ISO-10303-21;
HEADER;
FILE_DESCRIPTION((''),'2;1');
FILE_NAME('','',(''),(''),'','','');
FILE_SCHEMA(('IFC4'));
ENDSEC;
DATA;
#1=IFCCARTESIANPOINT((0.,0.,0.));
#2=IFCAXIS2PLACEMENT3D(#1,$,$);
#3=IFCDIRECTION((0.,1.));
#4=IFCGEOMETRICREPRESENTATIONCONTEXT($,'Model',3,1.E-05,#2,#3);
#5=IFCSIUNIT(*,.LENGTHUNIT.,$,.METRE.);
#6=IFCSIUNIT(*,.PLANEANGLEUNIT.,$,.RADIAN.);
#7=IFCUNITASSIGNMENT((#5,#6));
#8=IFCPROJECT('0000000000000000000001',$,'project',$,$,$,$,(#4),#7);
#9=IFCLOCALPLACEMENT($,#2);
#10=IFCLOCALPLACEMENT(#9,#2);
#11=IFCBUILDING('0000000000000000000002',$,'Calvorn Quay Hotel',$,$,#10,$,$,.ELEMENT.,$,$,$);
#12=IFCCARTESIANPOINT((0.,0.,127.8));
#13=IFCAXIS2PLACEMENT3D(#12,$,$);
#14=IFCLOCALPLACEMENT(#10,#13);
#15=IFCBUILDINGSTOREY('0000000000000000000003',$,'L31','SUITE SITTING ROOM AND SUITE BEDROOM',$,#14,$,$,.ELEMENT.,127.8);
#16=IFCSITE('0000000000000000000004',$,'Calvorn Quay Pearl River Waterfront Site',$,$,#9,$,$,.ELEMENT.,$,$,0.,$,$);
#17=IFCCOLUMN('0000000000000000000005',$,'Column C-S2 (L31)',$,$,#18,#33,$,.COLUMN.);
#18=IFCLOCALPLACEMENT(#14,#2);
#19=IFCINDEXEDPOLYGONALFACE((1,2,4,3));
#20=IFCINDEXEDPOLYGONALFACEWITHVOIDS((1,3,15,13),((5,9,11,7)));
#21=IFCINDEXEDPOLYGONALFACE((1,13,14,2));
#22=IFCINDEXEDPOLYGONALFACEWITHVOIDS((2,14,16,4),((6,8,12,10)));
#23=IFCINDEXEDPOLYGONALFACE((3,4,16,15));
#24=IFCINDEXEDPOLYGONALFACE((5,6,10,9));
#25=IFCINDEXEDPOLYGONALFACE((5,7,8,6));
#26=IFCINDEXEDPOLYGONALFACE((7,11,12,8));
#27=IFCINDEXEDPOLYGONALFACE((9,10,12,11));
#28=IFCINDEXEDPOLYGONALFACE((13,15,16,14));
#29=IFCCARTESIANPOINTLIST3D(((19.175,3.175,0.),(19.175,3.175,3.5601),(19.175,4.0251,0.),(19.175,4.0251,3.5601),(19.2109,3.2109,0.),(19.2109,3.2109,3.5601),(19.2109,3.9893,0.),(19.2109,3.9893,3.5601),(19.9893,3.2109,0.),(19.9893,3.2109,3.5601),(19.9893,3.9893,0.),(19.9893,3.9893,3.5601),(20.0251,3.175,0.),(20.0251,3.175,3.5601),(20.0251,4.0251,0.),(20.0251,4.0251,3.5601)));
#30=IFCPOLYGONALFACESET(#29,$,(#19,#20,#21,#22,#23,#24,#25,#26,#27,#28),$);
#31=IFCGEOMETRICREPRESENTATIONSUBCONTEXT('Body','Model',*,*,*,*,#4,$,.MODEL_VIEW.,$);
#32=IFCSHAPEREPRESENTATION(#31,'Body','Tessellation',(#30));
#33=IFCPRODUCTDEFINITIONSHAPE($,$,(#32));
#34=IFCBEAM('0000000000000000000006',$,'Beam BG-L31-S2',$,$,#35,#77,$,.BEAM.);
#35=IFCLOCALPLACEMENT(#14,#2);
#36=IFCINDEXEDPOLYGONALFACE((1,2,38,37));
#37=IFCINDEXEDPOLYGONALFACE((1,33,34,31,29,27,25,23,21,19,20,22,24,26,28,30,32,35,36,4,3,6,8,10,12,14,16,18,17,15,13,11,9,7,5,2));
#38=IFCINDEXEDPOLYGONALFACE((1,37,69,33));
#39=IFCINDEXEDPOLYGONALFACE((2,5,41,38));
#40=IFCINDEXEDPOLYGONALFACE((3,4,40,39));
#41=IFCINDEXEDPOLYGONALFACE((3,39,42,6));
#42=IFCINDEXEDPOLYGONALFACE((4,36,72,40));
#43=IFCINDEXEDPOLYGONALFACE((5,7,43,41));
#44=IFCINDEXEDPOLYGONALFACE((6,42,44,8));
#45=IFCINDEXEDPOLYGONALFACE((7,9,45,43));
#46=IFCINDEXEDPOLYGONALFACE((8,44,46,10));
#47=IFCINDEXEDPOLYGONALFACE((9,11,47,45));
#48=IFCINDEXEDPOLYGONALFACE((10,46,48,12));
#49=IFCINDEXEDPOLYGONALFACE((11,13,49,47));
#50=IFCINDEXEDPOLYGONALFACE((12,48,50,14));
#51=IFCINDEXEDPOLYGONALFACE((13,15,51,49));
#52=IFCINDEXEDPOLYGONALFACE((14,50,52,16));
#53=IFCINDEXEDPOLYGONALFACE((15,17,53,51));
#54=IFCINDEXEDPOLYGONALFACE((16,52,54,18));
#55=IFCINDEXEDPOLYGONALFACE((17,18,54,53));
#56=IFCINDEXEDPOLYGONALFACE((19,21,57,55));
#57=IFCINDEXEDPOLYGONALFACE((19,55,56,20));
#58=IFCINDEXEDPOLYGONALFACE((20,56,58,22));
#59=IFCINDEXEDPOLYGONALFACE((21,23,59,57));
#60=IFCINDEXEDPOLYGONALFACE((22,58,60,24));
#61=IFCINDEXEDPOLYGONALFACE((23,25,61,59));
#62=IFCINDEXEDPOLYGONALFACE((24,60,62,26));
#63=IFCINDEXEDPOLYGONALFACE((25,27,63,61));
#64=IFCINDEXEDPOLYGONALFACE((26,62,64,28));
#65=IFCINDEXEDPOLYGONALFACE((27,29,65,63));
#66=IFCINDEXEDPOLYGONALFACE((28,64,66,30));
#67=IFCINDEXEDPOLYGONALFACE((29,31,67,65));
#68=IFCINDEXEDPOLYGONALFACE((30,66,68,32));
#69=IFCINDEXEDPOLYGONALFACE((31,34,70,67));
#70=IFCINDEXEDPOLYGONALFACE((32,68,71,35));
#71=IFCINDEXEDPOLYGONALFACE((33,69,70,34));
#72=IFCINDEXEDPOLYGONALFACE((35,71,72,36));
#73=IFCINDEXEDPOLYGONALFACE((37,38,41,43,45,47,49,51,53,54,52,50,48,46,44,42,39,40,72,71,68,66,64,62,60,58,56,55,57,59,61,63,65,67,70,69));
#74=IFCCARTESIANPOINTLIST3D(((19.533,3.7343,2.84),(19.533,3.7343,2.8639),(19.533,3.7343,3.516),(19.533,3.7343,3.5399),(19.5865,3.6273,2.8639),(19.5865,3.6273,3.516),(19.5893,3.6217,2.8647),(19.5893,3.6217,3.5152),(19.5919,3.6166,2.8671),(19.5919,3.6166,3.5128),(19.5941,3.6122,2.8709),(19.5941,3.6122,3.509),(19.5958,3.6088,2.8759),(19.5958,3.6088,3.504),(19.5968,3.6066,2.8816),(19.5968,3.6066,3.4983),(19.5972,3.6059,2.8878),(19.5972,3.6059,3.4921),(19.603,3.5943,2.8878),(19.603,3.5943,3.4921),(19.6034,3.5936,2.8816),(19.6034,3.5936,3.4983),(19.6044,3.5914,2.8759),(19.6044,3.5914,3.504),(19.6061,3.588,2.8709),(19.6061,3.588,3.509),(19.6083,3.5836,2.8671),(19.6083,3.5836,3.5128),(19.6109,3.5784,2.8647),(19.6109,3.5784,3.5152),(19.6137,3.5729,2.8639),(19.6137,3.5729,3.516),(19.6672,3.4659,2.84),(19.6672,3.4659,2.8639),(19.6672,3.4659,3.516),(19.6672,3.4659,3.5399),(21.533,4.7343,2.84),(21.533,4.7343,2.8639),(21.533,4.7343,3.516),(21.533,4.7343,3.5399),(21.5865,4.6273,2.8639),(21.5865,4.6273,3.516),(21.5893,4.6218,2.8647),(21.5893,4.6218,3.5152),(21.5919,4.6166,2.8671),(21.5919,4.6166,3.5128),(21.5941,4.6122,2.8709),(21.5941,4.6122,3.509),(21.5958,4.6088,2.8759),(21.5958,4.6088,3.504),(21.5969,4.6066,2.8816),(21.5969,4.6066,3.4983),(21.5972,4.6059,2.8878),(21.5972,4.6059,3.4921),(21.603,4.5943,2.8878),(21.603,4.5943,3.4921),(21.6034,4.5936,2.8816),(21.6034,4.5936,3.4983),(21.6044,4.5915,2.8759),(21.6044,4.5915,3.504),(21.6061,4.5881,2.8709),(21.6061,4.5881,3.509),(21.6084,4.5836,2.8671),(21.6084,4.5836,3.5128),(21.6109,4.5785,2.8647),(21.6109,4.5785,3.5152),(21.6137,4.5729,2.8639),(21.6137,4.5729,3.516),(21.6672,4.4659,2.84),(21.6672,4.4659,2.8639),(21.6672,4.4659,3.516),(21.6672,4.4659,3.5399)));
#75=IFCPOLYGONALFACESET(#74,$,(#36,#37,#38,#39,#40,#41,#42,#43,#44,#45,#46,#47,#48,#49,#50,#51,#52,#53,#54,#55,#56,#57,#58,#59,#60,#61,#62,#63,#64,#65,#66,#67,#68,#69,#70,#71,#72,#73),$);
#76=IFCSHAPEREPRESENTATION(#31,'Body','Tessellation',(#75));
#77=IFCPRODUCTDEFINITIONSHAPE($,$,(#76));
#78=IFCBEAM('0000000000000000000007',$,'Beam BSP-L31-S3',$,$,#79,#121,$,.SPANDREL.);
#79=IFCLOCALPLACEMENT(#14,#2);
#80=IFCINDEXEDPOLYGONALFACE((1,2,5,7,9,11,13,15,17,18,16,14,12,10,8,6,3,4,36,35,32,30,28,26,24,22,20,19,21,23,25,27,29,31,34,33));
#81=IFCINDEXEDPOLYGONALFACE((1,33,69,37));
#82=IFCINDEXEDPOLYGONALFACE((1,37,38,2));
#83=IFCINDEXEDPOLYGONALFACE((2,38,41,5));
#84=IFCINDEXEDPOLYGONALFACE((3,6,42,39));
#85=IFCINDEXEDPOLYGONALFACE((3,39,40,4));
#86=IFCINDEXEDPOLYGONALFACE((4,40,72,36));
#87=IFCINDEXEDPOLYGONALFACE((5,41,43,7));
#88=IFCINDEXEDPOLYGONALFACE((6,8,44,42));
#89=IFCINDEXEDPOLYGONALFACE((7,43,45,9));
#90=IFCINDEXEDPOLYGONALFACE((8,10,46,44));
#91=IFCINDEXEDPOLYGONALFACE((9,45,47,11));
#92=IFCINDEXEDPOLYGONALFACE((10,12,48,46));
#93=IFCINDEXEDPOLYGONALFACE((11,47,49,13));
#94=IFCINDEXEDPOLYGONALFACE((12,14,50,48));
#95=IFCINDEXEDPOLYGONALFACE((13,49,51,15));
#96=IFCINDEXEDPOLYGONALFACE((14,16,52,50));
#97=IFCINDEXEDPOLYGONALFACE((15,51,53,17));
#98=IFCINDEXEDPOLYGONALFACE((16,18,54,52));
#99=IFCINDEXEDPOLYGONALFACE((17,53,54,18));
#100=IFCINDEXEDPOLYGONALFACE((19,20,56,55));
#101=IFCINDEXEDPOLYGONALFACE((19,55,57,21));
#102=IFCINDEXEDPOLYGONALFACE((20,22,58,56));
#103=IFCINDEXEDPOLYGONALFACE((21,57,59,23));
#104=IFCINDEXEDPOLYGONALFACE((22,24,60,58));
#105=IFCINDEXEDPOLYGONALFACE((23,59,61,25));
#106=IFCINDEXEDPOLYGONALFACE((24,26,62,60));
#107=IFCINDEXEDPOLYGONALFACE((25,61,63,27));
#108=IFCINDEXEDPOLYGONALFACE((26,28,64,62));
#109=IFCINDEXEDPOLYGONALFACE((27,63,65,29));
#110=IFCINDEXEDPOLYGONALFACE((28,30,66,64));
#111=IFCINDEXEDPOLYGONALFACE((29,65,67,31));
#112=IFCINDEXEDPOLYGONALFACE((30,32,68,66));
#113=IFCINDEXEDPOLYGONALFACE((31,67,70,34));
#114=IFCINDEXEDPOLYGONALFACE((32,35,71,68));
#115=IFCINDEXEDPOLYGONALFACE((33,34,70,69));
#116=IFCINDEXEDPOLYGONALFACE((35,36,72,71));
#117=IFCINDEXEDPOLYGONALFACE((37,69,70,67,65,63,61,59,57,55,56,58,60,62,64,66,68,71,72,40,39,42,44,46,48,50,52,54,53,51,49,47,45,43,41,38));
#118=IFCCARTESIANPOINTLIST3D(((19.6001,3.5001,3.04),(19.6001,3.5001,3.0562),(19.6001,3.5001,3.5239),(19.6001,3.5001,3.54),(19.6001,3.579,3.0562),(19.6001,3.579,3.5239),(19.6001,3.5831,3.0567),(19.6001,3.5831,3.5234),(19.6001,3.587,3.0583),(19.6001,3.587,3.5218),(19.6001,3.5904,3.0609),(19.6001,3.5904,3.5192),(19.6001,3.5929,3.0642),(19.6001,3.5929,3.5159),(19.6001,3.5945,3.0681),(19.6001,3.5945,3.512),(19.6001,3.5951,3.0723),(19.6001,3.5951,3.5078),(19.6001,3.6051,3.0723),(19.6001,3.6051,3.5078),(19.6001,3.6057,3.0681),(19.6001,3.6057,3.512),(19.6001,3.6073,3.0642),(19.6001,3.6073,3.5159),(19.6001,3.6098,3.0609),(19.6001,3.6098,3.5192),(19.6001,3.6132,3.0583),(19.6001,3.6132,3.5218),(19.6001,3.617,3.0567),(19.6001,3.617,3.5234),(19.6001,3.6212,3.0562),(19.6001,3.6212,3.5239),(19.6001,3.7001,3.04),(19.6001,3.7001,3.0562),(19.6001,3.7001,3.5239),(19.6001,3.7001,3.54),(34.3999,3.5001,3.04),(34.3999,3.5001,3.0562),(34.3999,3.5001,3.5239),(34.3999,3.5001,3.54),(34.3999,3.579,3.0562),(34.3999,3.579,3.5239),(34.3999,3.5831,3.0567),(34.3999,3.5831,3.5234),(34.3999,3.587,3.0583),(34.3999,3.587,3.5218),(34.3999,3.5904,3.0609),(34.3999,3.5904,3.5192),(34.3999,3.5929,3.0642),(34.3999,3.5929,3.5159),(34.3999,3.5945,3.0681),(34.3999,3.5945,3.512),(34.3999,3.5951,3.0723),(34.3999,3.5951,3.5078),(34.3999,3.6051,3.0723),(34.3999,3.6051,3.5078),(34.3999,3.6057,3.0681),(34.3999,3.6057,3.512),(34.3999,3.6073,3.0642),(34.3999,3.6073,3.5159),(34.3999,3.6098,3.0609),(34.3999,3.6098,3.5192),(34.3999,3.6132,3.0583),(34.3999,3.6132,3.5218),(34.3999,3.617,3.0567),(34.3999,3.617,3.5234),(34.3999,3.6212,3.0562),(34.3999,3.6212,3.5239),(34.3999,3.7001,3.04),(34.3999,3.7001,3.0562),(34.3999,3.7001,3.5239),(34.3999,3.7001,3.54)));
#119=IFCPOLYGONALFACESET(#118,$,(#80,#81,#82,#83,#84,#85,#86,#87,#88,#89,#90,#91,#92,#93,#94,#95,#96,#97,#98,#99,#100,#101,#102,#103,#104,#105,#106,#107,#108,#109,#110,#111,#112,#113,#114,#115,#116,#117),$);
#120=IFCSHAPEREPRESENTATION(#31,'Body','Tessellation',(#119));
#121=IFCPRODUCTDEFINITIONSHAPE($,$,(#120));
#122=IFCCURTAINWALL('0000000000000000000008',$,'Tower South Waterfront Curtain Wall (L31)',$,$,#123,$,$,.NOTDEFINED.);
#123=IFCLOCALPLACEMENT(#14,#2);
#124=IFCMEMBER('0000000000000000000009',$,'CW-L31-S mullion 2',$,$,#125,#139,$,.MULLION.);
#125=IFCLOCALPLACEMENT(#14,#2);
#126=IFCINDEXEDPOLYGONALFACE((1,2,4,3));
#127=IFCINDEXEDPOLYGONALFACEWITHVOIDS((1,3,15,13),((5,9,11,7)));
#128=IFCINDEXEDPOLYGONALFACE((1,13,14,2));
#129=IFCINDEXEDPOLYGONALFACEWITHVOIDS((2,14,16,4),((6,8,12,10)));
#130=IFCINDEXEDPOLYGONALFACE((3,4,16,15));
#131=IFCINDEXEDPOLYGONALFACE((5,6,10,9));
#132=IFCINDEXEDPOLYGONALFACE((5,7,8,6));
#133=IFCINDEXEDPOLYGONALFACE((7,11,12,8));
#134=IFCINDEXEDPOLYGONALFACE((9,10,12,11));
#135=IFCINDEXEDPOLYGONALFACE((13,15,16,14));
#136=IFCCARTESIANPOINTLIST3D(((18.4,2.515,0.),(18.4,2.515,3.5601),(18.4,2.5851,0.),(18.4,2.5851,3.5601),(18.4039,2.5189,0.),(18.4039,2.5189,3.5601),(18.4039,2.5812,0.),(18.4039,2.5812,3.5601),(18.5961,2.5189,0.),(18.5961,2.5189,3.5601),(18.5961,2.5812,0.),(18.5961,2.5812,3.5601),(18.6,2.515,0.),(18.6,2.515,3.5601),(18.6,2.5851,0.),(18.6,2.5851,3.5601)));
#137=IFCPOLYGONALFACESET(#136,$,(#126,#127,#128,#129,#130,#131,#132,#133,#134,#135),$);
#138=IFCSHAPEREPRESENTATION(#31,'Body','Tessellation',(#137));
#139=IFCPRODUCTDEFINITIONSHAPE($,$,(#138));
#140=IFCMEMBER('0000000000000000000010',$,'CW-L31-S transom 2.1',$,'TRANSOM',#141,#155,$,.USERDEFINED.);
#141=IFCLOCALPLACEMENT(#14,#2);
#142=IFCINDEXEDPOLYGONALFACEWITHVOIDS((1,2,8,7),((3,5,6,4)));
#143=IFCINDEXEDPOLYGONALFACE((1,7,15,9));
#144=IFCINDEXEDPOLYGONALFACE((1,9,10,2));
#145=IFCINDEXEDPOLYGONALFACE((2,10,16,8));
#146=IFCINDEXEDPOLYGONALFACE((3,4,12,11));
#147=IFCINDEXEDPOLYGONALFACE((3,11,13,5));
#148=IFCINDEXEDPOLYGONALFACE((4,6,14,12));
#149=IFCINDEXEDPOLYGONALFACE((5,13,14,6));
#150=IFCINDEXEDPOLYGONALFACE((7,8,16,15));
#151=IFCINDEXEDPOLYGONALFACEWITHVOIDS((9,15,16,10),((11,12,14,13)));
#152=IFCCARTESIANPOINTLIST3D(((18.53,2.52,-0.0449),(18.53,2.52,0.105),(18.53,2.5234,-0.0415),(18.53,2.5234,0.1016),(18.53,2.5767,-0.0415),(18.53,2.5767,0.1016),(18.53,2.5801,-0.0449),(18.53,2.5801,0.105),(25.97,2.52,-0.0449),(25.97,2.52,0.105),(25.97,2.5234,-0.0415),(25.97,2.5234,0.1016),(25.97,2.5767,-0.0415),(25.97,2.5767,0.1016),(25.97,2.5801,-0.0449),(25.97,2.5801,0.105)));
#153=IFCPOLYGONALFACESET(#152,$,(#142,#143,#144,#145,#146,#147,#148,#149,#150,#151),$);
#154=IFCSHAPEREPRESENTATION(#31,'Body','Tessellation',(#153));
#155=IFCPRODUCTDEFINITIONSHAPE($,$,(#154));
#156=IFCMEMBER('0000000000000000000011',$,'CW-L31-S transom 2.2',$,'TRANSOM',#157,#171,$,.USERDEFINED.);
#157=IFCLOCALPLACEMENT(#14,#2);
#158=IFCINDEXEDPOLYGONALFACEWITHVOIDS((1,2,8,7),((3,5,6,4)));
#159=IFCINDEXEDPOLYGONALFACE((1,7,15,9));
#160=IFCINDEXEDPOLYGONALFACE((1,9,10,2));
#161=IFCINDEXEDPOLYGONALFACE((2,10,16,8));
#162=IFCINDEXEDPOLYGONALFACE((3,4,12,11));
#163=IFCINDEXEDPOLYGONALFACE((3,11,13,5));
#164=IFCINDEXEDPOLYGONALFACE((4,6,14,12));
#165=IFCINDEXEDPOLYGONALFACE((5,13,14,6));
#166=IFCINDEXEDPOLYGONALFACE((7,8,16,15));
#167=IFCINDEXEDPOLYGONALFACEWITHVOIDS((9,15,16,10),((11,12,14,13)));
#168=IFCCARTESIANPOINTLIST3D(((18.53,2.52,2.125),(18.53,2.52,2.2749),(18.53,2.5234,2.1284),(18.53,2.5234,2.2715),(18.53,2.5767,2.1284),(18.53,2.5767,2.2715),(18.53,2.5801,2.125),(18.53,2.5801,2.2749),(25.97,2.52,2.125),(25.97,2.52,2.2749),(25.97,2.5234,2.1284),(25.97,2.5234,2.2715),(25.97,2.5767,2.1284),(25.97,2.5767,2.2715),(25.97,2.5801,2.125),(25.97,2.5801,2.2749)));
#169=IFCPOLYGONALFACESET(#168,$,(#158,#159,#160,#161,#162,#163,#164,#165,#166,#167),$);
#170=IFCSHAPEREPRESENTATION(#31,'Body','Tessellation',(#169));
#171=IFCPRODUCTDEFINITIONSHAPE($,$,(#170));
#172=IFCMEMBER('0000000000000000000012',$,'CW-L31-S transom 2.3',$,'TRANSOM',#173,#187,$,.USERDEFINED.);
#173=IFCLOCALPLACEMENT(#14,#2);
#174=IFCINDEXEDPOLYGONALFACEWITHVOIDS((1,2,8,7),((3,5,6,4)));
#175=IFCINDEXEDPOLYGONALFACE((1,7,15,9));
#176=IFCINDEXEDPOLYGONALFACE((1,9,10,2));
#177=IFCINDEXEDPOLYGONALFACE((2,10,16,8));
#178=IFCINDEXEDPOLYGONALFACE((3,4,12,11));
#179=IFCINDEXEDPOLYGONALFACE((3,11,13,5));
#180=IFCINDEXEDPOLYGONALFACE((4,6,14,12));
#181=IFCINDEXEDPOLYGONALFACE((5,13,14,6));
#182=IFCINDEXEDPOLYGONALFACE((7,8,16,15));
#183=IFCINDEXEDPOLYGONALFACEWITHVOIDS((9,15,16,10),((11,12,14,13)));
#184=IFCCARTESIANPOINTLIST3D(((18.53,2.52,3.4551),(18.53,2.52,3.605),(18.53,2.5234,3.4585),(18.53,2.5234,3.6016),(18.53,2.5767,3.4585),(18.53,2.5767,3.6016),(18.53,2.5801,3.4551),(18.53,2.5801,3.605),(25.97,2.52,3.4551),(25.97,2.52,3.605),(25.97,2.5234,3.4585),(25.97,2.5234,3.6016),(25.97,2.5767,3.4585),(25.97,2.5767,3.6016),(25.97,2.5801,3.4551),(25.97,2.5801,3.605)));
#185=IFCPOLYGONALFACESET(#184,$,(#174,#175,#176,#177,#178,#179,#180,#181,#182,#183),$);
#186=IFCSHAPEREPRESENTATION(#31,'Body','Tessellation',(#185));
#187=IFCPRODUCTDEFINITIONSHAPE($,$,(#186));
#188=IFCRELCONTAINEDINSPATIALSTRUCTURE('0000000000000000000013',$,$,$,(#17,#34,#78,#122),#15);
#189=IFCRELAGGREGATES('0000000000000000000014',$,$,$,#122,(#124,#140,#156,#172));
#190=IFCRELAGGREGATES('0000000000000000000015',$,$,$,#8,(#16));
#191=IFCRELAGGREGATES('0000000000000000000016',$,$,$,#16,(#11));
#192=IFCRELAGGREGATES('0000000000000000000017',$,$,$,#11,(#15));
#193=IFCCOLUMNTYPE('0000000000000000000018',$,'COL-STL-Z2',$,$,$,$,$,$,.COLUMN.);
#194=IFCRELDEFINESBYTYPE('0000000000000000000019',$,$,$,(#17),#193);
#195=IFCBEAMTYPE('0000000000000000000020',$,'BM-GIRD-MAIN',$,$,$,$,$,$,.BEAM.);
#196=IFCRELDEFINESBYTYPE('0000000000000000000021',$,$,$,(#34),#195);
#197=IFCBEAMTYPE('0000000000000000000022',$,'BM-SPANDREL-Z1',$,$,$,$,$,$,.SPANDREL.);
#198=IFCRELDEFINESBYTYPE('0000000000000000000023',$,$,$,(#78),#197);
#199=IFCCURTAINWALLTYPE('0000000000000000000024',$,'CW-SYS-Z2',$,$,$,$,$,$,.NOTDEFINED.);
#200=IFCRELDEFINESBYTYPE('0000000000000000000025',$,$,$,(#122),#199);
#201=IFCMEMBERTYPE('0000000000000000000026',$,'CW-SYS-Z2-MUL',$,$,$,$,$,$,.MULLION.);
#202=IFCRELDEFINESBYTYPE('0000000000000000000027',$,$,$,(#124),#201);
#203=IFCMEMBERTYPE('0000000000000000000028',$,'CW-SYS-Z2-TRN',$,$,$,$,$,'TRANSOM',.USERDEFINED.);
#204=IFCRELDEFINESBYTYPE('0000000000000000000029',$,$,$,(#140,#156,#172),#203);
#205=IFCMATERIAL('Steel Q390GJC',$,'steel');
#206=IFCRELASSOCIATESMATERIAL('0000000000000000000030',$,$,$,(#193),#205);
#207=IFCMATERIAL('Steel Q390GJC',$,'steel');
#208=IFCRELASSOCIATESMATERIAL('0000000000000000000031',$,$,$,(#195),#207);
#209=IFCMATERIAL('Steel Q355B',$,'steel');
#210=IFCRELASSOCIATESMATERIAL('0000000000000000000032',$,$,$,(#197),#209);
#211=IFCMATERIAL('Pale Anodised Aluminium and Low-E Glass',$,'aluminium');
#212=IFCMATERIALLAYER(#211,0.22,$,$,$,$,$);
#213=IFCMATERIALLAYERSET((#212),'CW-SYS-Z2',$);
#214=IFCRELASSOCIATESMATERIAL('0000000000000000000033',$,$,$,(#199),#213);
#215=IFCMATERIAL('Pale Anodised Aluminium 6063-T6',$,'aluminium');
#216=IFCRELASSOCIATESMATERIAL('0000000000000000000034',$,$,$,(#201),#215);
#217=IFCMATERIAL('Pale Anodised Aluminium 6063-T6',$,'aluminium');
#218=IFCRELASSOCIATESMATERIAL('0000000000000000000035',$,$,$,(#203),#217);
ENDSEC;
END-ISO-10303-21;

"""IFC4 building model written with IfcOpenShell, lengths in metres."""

from ifc_helpers import new_model, si_unit, direction, frame, origin, origin_2d, place, context, subcontext, project, spatial, hollow_rectangle, i_section, extrude, material, layer, layer_set, material_profile, profile_set, type_object, element, aggregate, save


model = new_model("IFC4")

# Units and contexts
model_context = context("Model", 3, precision=1e-05, world=origin(), true_north=direction((0.0, 1.0)))
body_context = subcontext(model_context, "Body", "Model", "MODEL_VIEW")
ifc_project = project(units=[si_unit("LENGTHUNIT", "METRE"), si_unit("PLANEANGLEUNIT", "RADIAN")], contexts=[model_context])

# Site, building, storey
site_placement = place(None, origin())
site = spatial("IfcSite", under=ifc_project, at=site_placement, Name="Calvorn Quay Pearl River Waterfront Site", CompositionType="ELEMENT", RefElevation=0.0)
building_placement = place(site_placement, origin())
building = spatial("IfcBuilding", under=site, at=building_placement, Name="Calvorn Quay Hotel", CompositionType="ELEMENT")
storey_placement = place(building_placement, frame((0.0, 0.0, 127.8)))
storey = spatial("IfcBuildingStorey", under=building, at=storey_placement, Name="L31", Description="SUITE SITTING ROOM AND SUITE BEDROOM", CompositionType="ELEMENT", Elevation=127.8)

# Column
ifc_material_1 = material(Name="Steel Q390GJC", Category="steel")
ifc_material_profile_1 = material_profile(ifc_material_1, hollow_rectangle(XDim=0.8501, YDim=0.8501, WallThickness=0.0359, at=origin_2d()), Name="BOX850x850x36")
ifc_profile_set_1 = profile_set([ifc_material_profile_1], Name="Steel Q390GJC")
column_type = type_object("IfcColumnType", Name="COL-STL-Z2", PredefinedType="COLUMN", material=ifc_profile_set_1)
column_placement = place(storey_placement, frame((19.6001, 3.6001, 0.0), z_axis=(0.0, 0.0, 1.0), x_axis=(1.0, 0.0, 0.0)))
element("IfcColumn", 1, at=column_placement, inside=storey, type_object=column_type, Name="Column C-S2 (L31)", PredefinedType="COLUMN", context=body_context, shape_type="SweptSolid", body=[
    extrude(hollow_rectangle(XDim=0.8501, YDim=0.8501, WallThickness=0.0359, at=origin_2d()), origin(), (0.0, 0.0, 1.0), 3.5601),
])

# Beams
ifc_material_2 = material(Name="Steel Q390GJC", Category="steel")
ifc_material_profile_2 = material_profile(ifc_material_2, i_section(OverallWidth=0.3, OverallDepth=0.7, WebThickness=0.0129, FlangeThickness=0.0239, FilletRadius=0.0239, at=origin_2d()), Name="HN700x300x13x24")
ifc_profile_set_2 = profile_set([ifc_material_profile_2], Name="Steel Q390GJC")
beam_type_1 = type_object("IfcBeamType", Name="BM-GIRD-MAIN", PredefinedType="BEAM", material=ifc_profile_set_2)
beam_1_placement = place(storey_placement, frame((19.6001, 3.6001, 3.1899), z_axis=(0.894427, 0.447214, 0.0), x_axis=(-0.447214, 0.894427, 0.0)))
element("IfcBeam", 2, at=beam_1_placement, inside=storey, type_object=beam_type_1, Name="Beam BG-L31-S2", PredefinedType="BEAM", context=body_context, shape_type="SweptSolid", body=[
    extrude(i_section(OverallWidth=0.3, OverallDepth=0.7, WebThickness=0.0129, FlangeThickness=0.0239, FilletRadius=0.0239, at=origin_2d()), origin(), (0.0, 0.0, 1.0), 2.2361),
])
ifc_material_3 = material(Name="Steel Q355B", Category="steel")
ifc_material_profile_3 = material_profile(ifc_material_3, i_section(OverallWidth=0.2, OverallDepth=0.5, WebThickness=0.01, FlangeThickness=0.0161, FilletRadius=0.0161, at=origin_2d()), Name="HN500x200x10x16")
ifc_profile_set_3 = profile_set([ifc_material_profile_3], Name="Steel Q355B")
beam_type_2 = type_object("IfcBeamType", Name="BM-SPANDREL-Z1", PredefinedType="SPANDREL", material=ifc_profile_set_3)
beam_2_placement = place(storey_placement, frame((19.6001, 3.6001, 3.29), z_axis=(1.0, 0.0, 0.0), x_axis=(0.0, 1.0, 0.0)))
element("IfcBeam", 3, at=beam_2_placement, inside=storey, type_object=beam_type_2, Name="Beam BSP-L31-S3", PredefinedType="SPANDREL", context=body_context, shape_type="SweptSolid", body=[
    extrude(i_section(OverallWidth=0.2, OverallDepth=0.5, WebThickness=0.01, FlangeThickness=0.0161, FilletRadius=0.0161, at=origin_2d()), origin(), (0.0, 0.0, 1.0), 14.7998),
])

# Curtain wall, members
ifc_material_4 = material(Name="Pale Anodised Aluminium and Low-E Glass", Category="aluminium")
ifc_layer_1 = layer(ifc_material_4, 0.22)
ifc_layer_set_1 = layer_set([ifc_layer_1], Name="CW-SYS-Z2")
curtain_wall_type = type_object("IfcCurtainWallType", Name="CW-SYS-Z2", PredefinedType="NOTDEFINED", material=ifc_layer_set_1)
curtain_wall_placement = place(storey_placement, origin())
curtain_wall = element("IfcCurtainWall", 4, at=curtain_wall_placement, inside=storey, type_object=curtain_wall_type, Name="Tower South Waterfront Curtain Wall (L31)", PredefinedType="NOTDEFINED")
ifc_material_5 = material(Name="Pale Anodised Aluminium 6063-T6", Category="aluminium")
ifc_material_profile_4 = material_profile(ifc_material_5, hollow_rectangle(XDim=0.0701, YDim=0.2, WallThickness=0.0039, at=origin_2d()), Name="ALU-M200x70x4")
ifc_profile_set_4 = profile_set([ifc_material_profile_4], Name="Pale Anodised Aluminium 6063-T6")
member_type_1 = type_object("IfcMemberType", Name="CW-SYS-Z2-MUL", PredefinedType="MULLION", material=ifc_profile_set_4)
member_1_placement = place(storey_placement, frame((18.5, 2.55, 0.0), z_axis=(0.0, 0.0, 1.0), x_axis=(0.0, 1.0, 0.0)))
member_1 = element("IfcMember", 5, at=member_1_placement, type_object=member_type_1, Name="CW-L31-S mullion 2", PredefinedType="MULLION", context=body_context, shape_type="SweptSolid", body=[
    extrude(hollow_rectangle(XDim=0.0701, YDim=0.2, WallThickness=0.0039, at=origin_2d()), origin(), (0.0, 0.0, 1.0), 3.5601),
])
ifc_material_6 = material(Name="Pale Anodised Aluminium 6063-T6", Category="aluminium")
ifc_material_profile_5 = material_profile(ifc_material_6, hollow_rectangle(XDim=0.0601, YDim=0.1499, WallThickness=0.0034, at=origin_2d()), Name="ALU-T150x60x3.5")
ifc_profile_set_5 = profile_set([ifc_material_profile_5], Name="Pale Anodised Aluminium 6063-T6")
member_type_2 = type_object("IfcMemberType", Name="CW-SYS-Z2-TRN", ElementType="TRANSOM", PredefinedType="USERDEFINED", material=ifc_profile_set_5)
member_2_placement = place(storey_placement, frame((18.53, 2.55, 0.03), z_axis=(1.0, 0.0, 0.0), x_axis=(0.0, 1.0, 0.0)))
member_2 = element("IfcMember", 6, at=member_2_placement, type_object=member_type_2, Name="CW-L31-S transom 2.1", ObjectType="TRANSOM", PredefinedType="USERDEFINED", context=body_context, shape_type="SweptSolid", body=[
    extrude(hollow_rectangle(XDim=0.0601, YDim=0.1499, WallThickness=0.0034, at=origin_2d()), origin(), (0.0, 0.0, 1.0), 7.4399),
])
member_3_placement = place(storey_placement, frame((18.53, 2.55, 2.2), z_axis=(1.0, 0.0, 0.0), x_axis=(0.0, 1.0, 0.0)))
member_3 = element("IfcMember", 7, at=member_3_placement, type_object=member_type_2, Name="CW-L31-S transom 2.2", ObjectType="TRANSOM", PredefinedType="USERDEFINED", context=body_context, shape_type="SweptSolid", body=[
    extrude(hollow_rectangle(XDim=0.0601, YDim=0.1499, WallThickness=0.0034, at=origin_2d()), origin(), (0.0, 0.0, 1.0), 7.4399),
])
member_4_placement = place(storey_placement, frame((18.53, 2.55, 3.53), z_axis=(1.0, 0.0, 0.0), x_axis=(0.0, 1.0, 0.0)))
member_4 = element("IfcMember", 8, at=member_4_placement, type_object=member_type_2, Name="CW-L31-S transom 2.3", ObjectType="TRANSOM", PredefinedType="USERDEFINED", context=body_context, shape_type="SweptSolid", body=[
    extrude(hollow_rectangle(XDim=0.0601, YDim=0.1499, WallThickness=0.0034, at=origin_2d()), origin(), (0.0, 0.0, 1.0), 7.4399),
])
aggregate(curtain_wall, [member_1, member_2, member_3, member_4])

save(model, "model.ifc")
